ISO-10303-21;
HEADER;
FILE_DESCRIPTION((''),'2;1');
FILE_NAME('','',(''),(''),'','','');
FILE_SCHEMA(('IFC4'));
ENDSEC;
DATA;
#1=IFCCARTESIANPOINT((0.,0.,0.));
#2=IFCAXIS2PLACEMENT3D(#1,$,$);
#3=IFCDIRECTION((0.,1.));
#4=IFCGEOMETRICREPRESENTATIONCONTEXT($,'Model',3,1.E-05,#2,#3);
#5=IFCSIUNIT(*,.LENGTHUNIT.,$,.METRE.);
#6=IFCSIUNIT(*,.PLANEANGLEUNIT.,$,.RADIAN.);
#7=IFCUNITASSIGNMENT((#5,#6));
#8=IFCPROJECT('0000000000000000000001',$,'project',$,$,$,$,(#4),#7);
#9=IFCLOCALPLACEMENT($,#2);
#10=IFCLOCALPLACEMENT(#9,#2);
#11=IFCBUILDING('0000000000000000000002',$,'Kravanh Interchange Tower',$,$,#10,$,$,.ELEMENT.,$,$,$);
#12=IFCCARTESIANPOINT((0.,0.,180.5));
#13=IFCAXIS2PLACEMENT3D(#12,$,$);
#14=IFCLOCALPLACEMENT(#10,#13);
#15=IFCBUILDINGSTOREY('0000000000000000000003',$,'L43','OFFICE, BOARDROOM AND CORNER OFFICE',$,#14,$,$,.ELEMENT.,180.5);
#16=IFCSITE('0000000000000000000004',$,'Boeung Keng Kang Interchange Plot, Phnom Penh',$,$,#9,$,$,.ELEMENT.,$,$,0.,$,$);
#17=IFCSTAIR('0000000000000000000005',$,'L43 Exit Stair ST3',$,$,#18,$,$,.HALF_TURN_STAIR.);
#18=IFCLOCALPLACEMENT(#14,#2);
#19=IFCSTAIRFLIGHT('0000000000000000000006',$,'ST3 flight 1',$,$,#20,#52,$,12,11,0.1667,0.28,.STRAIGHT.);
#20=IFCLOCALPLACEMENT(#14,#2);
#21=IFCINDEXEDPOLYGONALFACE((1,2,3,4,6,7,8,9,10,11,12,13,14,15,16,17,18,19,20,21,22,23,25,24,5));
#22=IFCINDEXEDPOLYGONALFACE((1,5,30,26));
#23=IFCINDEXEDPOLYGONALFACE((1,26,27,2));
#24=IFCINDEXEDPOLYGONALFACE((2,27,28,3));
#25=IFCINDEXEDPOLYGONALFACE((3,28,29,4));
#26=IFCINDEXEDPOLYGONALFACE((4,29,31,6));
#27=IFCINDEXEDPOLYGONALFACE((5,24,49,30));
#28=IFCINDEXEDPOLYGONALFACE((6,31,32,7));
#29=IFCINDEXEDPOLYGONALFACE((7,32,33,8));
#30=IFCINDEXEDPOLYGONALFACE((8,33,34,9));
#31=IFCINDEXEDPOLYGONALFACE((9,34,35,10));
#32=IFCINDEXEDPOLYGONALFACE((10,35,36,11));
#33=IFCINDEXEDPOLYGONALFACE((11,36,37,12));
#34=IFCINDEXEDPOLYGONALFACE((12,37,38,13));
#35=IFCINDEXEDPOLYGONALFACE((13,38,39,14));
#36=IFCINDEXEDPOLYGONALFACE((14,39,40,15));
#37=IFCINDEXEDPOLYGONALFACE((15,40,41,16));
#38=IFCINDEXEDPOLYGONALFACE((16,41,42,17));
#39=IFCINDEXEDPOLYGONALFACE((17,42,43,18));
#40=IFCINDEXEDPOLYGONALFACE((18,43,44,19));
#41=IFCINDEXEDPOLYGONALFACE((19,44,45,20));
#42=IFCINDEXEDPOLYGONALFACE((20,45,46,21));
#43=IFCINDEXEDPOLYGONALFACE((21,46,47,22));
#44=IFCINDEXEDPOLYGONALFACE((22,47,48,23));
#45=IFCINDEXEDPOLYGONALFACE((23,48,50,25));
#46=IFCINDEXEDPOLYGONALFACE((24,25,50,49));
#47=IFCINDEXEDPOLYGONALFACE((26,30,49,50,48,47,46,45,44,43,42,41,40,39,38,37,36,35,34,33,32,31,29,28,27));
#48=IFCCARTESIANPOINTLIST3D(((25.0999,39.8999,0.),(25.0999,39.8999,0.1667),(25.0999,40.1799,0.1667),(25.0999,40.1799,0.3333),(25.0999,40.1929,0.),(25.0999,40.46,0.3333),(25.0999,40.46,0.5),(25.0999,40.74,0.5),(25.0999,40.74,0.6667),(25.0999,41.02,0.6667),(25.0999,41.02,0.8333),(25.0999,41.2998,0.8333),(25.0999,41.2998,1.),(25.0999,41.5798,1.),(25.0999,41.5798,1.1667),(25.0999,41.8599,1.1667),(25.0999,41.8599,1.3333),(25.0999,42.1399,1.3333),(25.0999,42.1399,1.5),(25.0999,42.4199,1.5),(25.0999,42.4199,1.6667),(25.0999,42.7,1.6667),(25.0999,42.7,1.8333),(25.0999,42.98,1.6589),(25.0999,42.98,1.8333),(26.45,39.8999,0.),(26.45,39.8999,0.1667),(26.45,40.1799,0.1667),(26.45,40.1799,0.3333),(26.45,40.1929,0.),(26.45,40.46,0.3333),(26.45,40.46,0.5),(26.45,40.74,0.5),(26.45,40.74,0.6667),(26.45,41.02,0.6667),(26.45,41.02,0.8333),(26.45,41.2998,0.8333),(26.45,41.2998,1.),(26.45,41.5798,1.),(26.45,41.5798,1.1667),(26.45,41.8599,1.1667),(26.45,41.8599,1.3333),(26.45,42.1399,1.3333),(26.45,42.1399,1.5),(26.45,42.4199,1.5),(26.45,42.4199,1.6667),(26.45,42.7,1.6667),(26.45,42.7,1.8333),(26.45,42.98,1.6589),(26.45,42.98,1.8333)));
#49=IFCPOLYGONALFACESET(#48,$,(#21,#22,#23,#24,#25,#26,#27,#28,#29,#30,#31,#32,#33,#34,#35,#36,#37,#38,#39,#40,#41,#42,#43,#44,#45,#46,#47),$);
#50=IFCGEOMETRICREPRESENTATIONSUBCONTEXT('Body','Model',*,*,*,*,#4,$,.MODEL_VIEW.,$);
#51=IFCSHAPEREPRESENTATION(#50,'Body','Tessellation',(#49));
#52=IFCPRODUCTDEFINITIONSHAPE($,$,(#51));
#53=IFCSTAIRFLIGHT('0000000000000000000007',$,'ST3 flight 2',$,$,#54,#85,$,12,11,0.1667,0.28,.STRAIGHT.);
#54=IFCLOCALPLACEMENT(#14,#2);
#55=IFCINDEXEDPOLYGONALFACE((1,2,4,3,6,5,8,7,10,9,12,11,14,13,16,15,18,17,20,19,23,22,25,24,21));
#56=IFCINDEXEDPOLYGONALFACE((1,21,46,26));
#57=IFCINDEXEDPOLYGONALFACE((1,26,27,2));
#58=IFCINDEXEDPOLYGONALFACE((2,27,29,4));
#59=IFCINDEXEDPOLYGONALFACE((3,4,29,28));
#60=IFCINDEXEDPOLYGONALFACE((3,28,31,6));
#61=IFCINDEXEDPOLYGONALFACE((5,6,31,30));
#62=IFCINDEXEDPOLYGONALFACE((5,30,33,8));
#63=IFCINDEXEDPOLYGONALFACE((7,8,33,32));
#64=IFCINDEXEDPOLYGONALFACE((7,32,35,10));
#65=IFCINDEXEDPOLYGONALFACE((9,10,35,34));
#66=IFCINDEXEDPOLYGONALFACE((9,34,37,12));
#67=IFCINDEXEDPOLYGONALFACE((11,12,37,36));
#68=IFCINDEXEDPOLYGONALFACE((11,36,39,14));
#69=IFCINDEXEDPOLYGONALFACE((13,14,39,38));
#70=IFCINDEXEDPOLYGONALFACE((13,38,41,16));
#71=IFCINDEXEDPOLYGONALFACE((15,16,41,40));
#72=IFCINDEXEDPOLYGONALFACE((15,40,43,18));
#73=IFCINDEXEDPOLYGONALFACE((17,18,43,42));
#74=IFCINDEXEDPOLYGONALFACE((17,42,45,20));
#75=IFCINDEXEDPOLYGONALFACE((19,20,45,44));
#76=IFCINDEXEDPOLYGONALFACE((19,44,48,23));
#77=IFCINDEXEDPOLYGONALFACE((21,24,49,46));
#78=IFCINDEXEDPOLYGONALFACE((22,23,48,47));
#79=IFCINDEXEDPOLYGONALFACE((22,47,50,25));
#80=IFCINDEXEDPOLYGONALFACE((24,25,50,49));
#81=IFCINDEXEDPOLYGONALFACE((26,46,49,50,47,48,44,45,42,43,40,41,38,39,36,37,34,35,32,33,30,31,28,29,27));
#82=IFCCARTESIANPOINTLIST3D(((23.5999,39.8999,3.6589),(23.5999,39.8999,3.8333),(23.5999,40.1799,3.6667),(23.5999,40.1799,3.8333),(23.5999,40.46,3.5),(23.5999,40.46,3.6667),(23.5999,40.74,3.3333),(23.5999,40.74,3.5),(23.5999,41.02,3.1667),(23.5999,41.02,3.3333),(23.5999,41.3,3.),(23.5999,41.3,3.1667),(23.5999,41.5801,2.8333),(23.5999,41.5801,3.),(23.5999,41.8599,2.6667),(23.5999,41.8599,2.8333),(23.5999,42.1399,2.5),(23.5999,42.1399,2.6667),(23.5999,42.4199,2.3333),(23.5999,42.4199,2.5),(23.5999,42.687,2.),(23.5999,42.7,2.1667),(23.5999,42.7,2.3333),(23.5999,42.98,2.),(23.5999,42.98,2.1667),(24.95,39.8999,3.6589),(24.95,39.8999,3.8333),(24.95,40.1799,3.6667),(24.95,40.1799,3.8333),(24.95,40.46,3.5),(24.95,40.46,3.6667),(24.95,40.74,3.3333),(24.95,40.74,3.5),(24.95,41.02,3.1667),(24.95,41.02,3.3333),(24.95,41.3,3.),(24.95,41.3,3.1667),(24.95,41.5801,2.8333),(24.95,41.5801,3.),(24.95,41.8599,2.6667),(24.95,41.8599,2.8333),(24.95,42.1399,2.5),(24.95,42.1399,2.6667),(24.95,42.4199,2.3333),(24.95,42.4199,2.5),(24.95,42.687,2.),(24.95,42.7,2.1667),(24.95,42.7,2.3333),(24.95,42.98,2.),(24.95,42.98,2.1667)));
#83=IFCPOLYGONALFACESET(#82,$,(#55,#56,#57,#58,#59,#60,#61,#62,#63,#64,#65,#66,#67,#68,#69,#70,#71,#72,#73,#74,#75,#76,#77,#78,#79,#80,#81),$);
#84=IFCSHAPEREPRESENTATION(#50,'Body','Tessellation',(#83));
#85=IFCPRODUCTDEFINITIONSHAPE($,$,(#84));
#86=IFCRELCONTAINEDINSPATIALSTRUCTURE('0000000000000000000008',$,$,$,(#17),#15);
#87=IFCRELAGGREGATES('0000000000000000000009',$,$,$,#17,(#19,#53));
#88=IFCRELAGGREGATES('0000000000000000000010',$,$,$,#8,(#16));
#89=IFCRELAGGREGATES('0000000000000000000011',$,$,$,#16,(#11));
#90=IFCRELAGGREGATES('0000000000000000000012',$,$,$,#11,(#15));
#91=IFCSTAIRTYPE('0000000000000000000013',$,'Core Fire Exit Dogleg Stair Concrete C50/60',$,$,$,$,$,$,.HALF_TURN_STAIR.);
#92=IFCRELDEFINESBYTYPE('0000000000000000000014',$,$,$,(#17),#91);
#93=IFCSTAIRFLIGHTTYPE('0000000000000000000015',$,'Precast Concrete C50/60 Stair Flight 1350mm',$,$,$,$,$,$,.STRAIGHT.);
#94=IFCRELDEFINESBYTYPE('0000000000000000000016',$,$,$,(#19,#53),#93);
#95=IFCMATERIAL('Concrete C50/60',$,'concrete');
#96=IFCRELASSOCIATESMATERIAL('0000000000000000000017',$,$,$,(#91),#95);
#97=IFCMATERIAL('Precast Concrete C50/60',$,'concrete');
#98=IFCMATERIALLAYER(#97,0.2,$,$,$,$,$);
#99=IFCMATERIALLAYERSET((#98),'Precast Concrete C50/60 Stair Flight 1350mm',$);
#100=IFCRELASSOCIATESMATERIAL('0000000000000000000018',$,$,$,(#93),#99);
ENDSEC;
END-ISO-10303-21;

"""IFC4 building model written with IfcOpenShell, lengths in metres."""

from ifc_helpers import new_model, si_unit, direction, frame, origin, place, context, subcontext, project, spatial, polyline, outline, extrude, material, layer, layer_set, type_object, element, aggregate, save


model = new_model("IFC4")

# Units and contexts
model_context = context("Model", 3, precision=1e-05, world=origin(), true_north=direction((0.0, 1.0)))
body_context = subcontext(model_context, "Body", "Model", "MODEL_VIEW")
ifc_project = project(units=[si_unit("LENGTHUNIT", "METRE"), si_unit("PLANEANGLEUNIT", "RADIAN")], contexts=[model_context])

# Site, building, storey
site_placement = place(None, origin())
site = spatial("IfcSite", under=ifc_project, at=site_placement, Name="Boeung Keng Kang Interchange Plot, Phnom Penh", CompositionType="ELEMENT", RefElevation=0.0)
building_placement = place(site_placement, origin())
building = spatial("IfcBuilding", under=site, at=building_placement, Name="Kravanh Interchange Tower", CompositionType="ELEMENT")
storey_placement = place(building_placement, frame((0.0, 0.0, 180.5)))
storey = spatial("IfcBuildingStorey", under=building, at=storey_placement, Name="L43", Description="OFFICE, BOARDROOM AND CORNER OFFICE", CompositionType="ELEMENT", Elevation=180.5)

# Stair, stair flights
ifc_material_1 = material(Name="Concrete C50/60", Category="concrete")
stair_type = type_object("IfcStairType", Name="Core Fire Exit Dogleg Stair Concrete C50/60", PredefinedType="HALF_TURN_STAIR", material=ifc_material_1)
stair_placement = place(storey_placement, origin())
stair = element("IfcStair", 1, at=stair_placement, inside=storey, type_object=stair_type, Name="L43 Exit Stair ST3", PredefinedType="HALF_TURN_STAIR")
ifc_material_2 = material(Name="Precast Concrete C50/60", Category="concrete")
ifc_layer_1 = layer(ifc_material_2, 0.2)
ifc_layer_set_1 = layer_set([ifc_layer_1], Name="Precast Concrete C50/60 Stair Flight 1350mm")
stair_flight_type = type_object("IfcStairFlightType", Name="Precast Concrete C50/60 Stair Flight 1350mm", PredefinedType="STRAIGHT", material=ifc_layer_set_1)
stair_flight_1_placement = place(storey_placement, frame((25.7749, 39.8999, 0.0), z_axis=(0.0, 0.0, 1.0), x_axis=(0.0, 1.0, 0.0)))
stair_flight_1 = element("IfcStairFlight", 2, at=stair_flight_1_placement, type_object=stair_flight_type, Name="ST3 flight 1", NumberOfRisers=12, NumberOfTreads=11, PredefinedType="STRAIGHT", RiserHeight=0.1667, TreadLength=0.28, context=body_context, shape_type="SweptSolid", body=[
    extrude(outline(polyline([(0.0, 0.0), (0.0, 0.1667), (0.28, 0.1667), (0.28, 0.3333), (0.5601, 0.3333), (0.5601, 0.5), (0.8401, 0.5), (0.8401, 0.6667), (1.1201, 0.6667), (1.1201, 0.8333), (1.3999, 0.8333), (1.3999, 1.0), (1.6799, 1.0), (1.6799, 1.1667), (1.96, 1.1667), (1.96, 1.3333), (2.24, 1.3333), (2.24, 1.5), (2.52, 1.5), (2.52, 1.6667), (2.8, 1.6667), (2.8, 1.8333), (3.0801, 1.8333), (3.0801, 2.0), (3.0801, 1.6589), (0.293, 0.0), (0.0, 0.0)])), frame((0.0, 0.675, 0.0), z_axis=(0.0, -1.0, 0.0), x_axis=(1.0, 0.0, 0.0)), (0.0, 0.0, 1.0), 1.3501),
])
stair_flight_2_placement = place(storey_placement, frame((24.2749, 42.98, 2.0), z_axis=(0.0, 0.0, 1.0), x_axis=(0.0, -1.0, 0.0)))
stair_flight_2 = element("IfcStairFlight", 3, at=stair_flight_2_placement, type_object=stair_flight_type, Name="ST3 flight 2", NumberOfRisers=12, NumberOfTreads=11, PredefinedType="STRAIGHT", RiserHeight=0.1667, TreadLength=0.28, context=body_context, shape_type="SweptSolid", body=[
    extrude(outline(polyline([(0.0, 0.0), (0.0, 0.1667), (0.28, 0.1667), (0.28, 0.3333), (0.5601, 0.3333), (0.5601, 0.5), (0.8401, 0.5), (0.8401, 0.6667), (1.1201, 0.6667), (1.1201, 0.8333), (1.3999, 0.8333), (1.3999, 1.0), (1.6799, 1.0), (1.6799, 1.1667), (1.96, 1.1667), (1.96, 1.3333), (2.24, 1.3333), (2.24, 1.5), (2.52, 1.5), (2.52, 1.6667), (2.8, 1.6667), (2.8, 1.8333), (3.0801, 1.8333), (3.0801, 2.0), (3.0801, 1.6589), (0.293, 0.0), (0.0, 0.0)])), frame((0.0, 0.675, 0.0), z_axis=(0.0, -1.0, 0.0), x_axis=(1.0, 0.0, 0.0)), (0.0, 0.0, 1.0), 1.3501),
])
aggregate(stair, [stair_flight_1, stair_flight_2])

save(model, "model.ifc")
